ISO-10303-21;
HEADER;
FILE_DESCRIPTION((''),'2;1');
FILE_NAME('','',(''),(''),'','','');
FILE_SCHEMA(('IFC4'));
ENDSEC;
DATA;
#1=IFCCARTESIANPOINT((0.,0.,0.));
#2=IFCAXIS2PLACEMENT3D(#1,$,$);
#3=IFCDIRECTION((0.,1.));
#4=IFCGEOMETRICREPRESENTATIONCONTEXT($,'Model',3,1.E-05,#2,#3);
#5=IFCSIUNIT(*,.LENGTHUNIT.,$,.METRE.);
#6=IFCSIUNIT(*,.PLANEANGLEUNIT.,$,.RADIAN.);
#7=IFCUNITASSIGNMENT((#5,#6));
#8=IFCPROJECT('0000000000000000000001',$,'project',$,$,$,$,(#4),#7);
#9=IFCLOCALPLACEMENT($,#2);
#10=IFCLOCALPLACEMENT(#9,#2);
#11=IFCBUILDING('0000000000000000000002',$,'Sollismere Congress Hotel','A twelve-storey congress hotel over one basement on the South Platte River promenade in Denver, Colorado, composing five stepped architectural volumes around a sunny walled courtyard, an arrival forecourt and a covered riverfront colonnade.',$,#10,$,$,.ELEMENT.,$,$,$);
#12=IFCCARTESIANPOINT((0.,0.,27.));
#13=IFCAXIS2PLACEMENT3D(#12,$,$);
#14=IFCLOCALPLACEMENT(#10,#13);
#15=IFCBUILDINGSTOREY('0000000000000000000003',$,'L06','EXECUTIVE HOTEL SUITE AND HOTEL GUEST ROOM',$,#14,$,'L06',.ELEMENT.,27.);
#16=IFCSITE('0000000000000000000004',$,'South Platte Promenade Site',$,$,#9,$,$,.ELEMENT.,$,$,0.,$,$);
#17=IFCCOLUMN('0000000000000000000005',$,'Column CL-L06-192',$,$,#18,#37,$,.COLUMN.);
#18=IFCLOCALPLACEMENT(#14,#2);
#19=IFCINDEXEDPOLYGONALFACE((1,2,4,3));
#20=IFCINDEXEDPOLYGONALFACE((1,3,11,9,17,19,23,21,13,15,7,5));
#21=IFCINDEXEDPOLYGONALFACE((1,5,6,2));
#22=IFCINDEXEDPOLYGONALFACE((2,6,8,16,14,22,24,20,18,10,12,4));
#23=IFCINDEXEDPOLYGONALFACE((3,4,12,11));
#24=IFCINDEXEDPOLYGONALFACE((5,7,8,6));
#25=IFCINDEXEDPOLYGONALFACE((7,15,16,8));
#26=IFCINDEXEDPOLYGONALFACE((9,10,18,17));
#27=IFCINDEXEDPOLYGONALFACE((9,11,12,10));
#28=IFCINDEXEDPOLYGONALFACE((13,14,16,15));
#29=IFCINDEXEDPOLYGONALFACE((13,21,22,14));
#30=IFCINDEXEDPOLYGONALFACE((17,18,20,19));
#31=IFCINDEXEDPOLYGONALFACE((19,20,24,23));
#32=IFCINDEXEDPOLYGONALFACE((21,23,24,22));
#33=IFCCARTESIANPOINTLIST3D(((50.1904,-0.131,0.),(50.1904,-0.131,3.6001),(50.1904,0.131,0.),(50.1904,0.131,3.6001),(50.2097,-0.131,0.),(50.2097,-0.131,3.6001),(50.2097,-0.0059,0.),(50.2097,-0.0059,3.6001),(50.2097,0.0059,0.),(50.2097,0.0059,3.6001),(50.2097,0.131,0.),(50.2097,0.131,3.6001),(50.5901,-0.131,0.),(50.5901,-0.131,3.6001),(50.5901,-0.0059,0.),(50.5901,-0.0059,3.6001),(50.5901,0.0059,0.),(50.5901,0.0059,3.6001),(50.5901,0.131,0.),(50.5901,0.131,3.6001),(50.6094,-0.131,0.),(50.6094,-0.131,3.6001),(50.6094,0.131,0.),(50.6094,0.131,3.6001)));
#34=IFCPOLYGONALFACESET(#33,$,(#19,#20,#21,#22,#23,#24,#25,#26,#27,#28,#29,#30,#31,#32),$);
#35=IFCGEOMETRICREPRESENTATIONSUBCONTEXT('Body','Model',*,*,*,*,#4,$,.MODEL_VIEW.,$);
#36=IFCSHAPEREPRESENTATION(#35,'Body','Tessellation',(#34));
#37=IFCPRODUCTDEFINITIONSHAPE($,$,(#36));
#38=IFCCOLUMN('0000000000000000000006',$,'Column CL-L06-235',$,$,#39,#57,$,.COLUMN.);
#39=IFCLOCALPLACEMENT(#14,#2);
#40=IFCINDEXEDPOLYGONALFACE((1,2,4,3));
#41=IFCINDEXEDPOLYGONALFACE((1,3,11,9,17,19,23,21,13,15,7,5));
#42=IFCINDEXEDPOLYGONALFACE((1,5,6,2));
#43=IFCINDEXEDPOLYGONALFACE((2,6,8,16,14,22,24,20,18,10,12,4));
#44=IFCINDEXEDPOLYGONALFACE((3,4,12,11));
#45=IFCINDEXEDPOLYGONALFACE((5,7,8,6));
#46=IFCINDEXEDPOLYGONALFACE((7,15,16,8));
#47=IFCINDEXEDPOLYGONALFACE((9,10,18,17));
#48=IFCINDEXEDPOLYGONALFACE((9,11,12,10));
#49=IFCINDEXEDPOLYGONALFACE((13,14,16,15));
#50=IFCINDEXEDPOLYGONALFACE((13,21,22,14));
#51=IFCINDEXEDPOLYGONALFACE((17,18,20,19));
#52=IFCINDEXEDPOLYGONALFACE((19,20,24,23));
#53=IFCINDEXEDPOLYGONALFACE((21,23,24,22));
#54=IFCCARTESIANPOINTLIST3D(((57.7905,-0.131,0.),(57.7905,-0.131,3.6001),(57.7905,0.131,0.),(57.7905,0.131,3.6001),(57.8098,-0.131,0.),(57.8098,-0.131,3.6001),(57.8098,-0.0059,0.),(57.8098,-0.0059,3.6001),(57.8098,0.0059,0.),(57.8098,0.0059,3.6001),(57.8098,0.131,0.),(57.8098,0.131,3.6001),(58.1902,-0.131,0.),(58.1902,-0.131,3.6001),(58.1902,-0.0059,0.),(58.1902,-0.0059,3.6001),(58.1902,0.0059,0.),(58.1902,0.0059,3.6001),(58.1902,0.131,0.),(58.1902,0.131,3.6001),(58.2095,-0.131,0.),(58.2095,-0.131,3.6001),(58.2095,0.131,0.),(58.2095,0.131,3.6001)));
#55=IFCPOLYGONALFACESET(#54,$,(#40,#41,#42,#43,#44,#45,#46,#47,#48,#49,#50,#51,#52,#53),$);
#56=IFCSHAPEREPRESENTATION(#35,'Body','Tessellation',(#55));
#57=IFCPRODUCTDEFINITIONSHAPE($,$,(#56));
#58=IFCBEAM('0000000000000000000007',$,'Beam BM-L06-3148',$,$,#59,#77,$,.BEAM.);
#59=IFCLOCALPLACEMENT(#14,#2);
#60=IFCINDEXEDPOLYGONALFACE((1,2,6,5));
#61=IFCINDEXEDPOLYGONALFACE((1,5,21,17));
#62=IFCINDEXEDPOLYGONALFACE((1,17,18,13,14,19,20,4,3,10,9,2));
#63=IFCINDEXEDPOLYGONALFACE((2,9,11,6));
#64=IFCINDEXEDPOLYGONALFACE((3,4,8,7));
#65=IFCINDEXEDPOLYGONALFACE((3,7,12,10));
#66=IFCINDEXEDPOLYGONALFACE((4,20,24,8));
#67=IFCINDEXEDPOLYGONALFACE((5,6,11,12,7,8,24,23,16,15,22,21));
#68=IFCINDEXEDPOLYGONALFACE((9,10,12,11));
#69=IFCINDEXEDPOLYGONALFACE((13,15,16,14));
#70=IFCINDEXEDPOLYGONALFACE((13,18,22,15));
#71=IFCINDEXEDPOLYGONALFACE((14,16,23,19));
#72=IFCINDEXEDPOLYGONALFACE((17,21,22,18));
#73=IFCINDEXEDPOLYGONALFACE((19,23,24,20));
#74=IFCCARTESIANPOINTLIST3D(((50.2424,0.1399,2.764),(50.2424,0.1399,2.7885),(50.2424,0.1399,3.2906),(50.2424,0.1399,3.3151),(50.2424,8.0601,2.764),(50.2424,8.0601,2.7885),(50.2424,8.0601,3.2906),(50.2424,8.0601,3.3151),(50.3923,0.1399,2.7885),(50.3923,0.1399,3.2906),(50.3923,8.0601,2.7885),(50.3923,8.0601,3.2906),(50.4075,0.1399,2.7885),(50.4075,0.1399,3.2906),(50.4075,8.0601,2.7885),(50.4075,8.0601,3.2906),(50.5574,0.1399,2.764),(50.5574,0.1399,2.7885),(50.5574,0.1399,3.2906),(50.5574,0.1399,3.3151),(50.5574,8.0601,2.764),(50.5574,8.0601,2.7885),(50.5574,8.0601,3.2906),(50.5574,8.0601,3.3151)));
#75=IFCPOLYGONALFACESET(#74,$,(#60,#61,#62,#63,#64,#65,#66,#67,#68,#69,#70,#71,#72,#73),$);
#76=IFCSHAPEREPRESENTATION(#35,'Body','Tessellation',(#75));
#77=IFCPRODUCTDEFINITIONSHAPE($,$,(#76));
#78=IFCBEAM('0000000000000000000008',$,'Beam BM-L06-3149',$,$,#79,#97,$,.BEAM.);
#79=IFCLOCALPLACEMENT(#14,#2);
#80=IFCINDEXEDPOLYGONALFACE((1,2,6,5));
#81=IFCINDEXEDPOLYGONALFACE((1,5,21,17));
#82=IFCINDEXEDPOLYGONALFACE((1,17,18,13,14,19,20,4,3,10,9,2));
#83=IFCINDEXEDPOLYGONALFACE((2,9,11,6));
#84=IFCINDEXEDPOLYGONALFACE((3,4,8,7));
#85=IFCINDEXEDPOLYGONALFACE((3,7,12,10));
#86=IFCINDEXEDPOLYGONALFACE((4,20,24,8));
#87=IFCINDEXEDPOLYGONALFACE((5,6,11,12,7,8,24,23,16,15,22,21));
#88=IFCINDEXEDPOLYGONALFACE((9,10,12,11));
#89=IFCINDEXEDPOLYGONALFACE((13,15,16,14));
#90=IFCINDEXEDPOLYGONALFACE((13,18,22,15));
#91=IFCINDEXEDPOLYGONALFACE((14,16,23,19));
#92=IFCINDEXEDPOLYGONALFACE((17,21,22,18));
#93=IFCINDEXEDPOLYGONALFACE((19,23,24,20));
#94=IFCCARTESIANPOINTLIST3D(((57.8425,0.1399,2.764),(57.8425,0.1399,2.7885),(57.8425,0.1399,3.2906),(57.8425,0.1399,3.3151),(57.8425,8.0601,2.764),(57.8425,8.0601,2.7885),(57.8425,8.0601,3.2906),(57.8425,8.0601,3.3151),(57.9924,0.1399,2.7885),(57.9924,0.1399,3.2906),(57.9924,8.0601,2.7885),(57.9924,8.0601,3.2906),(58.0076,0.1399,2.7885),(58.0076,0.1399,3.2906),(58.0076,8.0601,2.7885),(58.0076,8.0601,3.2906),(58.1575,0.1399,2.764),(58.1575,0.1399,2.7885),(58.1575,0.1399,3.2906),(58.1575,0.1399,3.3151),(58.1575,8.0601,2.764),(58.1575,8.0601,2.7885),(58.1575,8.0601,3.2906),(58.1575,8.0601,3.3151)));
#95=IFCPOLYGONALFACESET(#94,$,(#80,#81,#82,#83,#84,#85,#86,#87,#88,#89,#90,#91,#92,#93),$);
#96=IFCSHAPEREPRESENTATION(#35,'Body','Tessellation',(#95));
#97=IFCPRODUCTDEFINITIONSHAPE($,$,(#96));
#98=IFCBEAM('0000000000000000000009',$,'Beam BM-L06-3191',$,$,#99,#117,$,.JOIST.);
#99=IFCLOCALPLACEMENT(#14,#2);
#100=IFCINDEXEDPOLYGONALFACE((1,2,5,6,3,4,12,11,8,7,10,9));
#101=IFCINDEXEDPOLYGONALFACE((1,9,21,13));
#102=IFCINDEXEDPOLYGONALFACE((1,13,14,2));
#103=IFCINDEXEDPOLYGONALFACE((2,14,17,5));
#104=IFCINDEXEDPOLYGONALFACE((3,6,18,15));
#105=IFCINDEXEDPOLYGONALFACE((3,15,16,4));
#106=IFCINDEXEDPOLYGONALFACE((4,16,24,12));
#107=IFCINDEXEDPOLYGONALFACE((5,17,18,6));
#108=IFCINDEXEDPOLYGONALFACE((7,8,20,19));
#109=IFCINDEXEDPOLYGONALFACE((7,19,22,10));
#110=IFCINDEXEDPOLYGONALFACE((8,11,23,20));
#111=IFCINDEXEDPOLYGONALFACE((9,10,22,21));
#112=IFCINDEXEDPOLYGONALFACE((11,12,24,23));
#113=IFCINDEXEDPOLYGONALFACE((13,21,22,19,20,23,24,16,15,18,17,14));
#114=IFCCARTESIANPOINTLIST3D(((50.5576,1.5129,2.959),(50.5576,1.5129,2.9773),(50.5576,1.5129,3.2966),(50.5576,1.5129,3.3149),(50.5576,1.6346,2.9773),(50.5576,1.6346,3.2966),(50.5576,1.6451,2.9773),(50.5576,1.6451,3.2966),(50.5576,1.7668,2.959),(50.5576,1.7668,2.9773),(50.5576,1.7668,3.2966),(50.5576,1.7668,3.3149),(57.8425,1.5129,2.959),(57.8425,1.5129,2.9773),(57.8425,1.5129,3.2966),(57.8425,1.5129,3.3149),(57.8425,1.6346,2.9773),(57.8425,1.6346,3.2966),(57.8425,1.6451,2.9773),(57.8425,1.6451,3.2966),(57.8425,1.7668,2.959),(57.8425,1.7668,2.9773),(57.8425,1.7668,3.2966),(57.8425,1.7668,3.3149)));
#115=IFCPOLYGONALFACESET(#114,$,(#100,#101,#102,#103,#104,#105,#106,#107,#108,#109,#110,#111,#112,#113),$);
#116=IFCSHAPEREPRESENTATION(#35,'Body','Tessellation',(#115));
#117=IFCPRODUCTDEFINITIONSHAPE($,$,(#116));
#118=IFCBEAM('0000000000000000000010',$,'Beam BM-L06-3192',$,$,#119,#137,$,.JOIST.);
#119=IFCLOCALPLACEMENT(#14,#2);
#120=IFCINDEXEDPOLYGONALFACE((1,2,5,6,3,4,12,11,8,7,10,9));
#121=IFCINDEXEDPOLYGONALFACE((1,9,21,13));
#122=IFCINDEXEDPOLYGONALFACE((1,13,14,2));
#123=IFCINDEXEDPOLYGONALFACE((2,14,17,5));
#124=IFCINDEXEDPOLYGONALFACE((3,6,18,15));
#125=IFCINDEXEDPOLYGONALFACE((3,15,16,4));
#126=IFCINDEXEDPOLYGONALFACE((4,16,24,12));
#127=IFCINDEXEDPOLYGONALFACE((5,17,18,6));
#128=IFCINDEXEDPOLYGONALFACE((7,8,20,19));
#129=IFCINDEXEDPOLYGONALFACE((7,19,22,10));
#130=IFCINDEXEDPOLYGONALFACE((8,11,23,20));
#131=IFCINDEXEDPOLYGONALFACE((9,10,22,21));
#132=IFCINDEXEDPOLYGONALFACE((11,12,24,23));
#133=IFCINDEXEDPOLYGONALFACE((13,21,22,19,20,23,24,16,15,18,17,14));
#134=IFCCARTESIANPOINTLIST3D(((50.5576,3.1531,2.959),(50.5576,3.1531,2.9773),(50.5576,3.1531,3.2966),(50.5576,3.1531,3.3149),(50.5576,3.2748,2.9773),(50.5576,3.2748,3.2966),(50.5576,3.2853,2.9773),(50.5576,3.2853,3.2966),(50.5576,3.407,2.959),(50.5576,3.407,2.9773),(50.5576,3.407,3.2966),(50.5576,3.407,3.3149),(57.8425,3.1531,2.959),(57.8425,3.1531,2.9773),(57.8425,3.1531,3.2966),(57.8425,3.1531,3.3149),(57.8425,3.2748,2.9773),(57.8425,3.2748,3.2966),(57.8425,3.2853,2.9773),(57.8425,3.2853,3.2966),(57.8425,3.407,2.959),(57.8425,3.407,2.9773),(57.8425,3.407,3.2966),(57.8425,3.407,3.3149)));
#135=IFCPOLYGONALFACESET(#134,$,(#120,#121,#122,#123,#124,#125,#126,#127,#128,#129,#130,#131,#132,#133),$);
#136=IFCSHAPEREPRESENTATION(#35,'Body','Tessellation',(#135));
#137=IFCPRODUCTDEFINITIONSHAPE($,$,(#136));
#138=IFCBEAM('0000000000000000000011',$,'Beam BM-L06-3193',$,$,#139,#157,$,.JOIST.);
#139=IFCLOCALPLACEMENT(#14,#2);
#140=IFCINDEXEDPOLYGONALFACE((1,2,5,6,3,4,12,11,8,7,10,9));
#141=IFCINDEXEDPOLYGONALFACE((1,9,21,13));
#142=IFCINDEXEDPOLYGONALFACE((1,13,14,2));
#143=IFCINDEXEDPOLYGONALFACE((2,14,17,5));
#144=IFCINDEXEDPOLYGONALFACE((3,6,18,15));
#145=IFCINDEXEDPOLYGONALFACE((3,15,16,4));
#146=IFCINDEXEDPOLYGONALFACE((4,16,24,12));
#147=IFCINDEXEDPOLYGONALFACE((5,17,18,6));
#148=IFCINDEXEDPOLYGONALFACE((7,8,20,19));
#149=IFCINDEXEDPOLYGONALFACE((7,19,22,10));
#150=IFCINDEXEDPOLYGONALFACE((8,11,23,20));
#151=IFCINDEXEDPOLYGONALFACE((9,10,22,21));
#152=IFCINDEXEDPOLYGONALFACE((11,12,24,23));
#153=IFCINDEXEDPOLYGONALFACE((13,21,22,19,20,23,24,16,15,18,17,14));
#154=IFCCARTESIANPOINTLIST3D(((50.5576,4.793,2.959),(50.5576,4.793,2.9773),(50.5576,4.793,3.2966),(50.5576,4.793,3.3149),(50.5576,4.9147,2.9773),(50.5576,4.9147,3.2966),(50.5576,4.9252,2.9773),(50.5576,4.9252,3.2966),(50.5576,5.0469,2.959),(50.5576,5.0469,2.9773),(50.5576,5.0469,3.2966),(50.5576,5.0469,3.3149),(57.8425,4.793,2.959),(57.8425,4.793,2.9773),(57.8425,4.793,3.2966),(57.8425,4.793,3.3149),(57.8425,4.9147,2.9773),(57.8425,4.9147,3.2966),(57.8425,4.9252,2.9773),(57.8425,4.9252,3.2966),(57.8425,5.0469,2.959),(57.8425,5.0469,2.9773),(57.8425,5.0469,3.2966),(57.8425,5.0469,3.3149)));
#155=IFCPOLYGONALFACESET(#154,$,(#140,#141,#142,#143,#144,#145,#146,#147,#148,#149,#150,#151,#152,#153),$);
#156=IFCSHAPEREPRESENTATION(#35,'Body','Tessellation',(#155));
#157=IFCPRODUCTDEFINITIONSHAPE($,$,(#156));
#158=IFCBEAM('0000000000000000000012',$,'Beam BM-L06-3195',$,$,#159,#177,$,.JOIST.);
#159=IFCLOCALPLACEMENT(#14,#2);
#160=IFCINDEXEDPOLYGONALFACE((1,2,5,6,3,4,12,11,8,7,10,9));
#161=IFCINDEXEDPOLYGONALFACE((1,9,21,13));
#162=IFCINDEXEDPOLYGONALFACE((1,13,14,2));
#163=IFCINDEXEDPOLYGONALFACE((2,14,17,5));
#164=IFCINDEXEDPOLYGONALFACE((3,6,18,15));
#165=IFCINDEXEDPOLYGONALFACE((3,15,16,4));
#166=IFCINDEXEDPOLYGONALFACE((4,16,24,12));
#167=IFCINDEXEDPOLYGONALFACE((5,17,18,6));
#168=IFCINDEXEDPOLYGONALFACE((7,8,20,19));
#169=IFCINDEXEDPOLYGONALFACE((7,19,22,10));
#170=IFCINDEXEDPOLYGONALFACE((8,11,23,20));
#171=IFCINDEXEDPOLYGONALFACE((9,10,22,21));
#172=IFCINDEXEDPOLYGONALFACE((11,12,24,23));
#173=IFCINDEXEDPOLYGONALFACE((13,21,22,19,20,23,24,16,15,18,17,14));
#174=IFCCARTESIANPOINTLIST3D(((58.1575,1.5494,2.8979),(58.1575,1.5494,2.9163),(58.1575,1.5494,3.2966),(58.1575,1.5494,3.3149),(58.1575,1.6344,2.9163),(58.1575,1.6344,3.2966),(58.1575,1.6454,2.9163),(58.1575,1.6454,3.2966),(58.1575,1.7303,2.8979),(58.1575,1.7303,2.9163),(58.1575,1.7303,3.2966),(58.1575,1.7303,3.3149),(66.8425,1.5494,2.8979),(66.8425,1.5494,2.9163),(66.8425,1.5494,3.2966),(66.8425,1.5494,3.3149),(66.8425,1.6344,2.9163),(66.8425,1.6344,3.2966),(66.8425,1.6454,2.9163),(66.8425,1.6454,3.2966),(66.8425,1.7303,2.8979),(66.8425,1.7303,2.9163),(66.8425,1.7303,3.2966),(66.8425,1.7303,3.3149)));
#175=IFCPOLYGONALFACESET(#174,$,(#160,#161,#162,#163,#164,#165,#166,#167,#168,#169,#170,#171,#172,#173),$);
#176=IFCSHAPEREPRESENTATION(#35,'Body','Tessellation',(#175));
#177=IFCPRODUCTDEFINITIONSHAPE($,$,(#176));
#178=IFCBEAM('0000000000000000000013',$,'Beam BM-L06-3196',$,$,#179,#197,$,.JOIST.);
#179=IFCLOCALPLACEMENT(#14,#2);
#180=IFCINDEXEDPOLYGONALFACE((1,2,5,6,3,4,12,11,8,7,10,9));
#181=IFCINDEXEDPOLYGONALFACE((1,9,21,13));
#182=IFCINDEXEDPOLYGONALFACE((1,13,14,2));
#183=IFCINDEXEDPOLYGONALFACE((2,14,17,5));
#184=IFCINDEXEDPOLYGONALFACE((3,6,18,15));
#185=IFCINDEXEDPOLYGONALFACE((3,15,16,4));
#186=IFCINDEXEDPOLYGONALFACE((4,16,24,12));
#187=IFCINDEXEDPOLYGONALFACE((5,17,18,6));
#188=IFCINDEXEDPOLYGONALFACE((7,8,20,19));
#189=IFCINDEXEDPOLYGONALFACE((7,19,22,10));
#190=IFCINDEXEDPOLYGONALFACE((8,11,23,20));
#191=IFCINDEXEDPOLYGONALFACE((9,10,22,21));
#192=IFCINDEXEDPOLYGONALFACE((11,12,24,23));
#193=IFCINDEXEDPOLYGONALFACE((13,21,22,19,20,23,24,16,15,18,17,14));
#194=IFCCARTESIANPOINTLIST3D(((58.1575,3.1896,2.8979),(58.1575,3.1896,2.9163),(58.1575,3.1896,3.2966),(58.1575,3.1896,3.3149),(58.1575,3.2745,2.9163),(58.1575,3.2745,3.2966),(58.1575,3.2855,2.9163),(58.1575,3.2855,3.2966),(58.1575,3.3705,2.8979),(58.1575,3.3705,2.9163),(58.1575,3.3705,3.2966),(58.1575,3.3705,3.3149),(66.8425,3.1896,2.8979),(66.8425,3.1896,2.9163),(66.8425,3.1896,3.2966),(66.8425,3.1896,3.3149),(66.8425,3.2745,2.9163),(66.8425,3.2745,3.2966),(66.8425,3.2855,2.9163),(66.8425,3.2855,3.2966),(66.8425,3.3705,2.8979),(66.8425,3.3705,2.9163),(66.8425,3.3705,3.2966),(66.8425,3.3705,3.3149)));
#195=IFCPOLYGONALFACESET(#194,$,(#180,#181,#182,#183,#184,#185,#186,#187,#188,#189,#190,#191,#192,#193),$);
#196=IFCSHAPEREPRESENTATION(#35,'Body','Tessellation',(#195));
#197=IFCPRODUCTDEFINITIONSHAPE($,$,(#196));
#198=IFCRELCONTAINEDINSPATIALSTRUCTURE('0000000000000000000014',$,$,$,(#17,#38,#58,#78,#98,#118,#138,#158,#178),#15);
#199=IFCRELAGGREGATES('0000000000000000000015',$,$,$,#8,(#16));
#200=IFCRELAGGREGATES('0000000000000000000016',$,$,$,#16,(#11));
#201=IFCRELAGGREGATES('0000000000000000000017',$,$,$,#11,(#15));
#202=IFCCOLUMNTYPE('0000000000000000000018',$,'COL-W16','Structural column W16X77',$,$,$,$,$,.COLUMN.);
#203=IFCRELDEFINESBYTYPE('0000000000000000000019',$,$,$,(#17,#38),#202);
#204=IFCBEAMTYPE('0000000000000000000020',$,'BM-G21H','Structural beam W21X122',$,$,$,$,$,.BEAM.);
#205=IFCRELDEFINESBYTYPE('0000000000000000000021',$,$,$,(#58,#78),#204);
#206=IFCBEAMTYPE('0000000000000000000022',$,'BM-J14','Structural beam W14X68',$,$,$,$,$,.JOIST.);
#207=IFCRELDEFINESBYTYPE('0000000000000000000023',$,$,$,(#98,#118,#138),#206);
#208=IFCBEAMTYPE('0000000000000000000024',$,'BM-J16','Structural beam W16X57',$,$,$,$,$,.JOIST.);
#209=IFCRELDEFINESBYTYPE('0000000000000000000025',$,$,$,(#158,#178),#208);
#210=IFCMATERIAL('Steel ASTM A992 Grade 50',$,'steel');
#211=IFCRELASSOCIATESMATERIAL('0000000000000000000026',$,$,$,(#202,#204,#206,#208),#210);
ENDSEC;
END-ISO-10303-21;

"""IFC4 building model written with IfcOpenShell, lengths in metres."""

from ifc_helpers import new_model, si_unit, direction, frame, origin, origin_2d, place, context, subcontext, project, spatial, i_section, extrude, material, material_profile, profile_set, type_object, element, save


model = new_model("IFC4")

# Units and contexts
model_context = context("Model", 3, precision=1e-05, world=origin(), true_north=direction((0.0, 1.0)))
body_context = subcontext(model_context, "Body", "Model", "MODEL_VIEW")
ifc_project = project(units=[si_unit("LENGTHUNIT", "METRE"), si_unit("PLANEANGLEUNIT", "RADIAN")], contexts=[model_context])

# Site, building, storey
site_placement = place(None, origin())
site = spatial("IfcSite", under=ifc_project, at=site_placement, Name="South Platte Promenade Site", CompositionType="ELEMENT", RefElevation=0.0)
building_placement = place(site_placement, origin())
building = spatial("IfcBuilding", under=site, at=building_placement, Name="Sollismere Congress Hotel", Description="A twelve-storey congress hotel over one basement on the South Platte River promenade in Denver, Colorado, composing five stepped architectural volumes around a sunny walled courtyard, an arrival forecourt and a covered riverfront colonnade.", CompositionType="ELEMENT")
storey_placement = place(building_placement, frame((0.0, 0.0, 27.0)))
storey = spatial("IfcBuildingStorey", under=building, at=storey_placement, Name="L06", Description="EXECUTIVE HOTEL SUITE AND HOTEL GUEST ROOM", LongName="L06", CompositionType="ELEMENT", Elevation=27.0)

# Columns
ifc_material_1 = material(Name="Steel ASTM A992 Grade 50", Category="steel")
ifc_material_profile_1 = material_profile(ifc_material_1, i_section(OverallWidth=0.262, OverallDepth=0.4189, WebThickness=0.0117, FlangeThickness=0.0193, at=origin_2d()), Name="W16X77")
ifc_profile_set_1 = profile_set([ifc_material_profile_1], Name="Steel ASTM A992 Grade 50")
column_type = type_object("IfcColumnType", Name="COL-W16", Description="Structural column W16X77", PredefinedType="COLUMN", material=ifc_profile_set_1)
for number, where, z_axis, x_axis, name in (
    (1, (50.3999, 0.0, 0.0), (0.0, 0.0, 1.0), (0.0, 1.0, 0.0), "Column CL-L06-192"),
    (2, (58.0, 0.0, 0.0), (0.0, 0.0, 1.0), (0.0, 1.0, 0.0), "Column CL-L06-235"),
):
    element("IfcColumn", number, at=place(storey_placement, frame(where, z_axis=z_axis, x_axis=x_axis)), inside=storey, type_object=column_type, Name=name, PredefinedType="COLUMN", context=body_context, shape_type="SweptSolid", body=[
        extrude(i_section(OverallWidth=0.262, OverallDepth=0.4189, WebThickness=0.0117, FlangeThickness=0.0193, at=origin_2d()), origin(), (0.0, 0.0, 1.0), 3.6001),
    ])

# Beams
ifc_material_profile_2 = material_profile(ifc_material_1, i_section(OverallWidth=0.3149, OverallDepth=0.551, WebThickness=0.0151, FlangeThickness=0.0244, at=origin_2d()), Name="W21X122")
ifc_profile_set_2 = profile_set([ifc_material_profile_2], Name="Steel ASTM A992 Grade 50")
beam_type_1 = type_object("IfcBeamType", Name="BM-G21H", Description="Structural beam W21X122", PredefinedType="BEAM", material=ifc_profile_set_2)
for number, where, z_axis, x_axis, name in (
    (3, (50.3999, 0.1399, 3.0396), (0.0, 1.0, 0.0), (-1.0, 0.0, 0.0), "Beam BM-L06-3148"),
    (4, (58.0, 0.1399, 3.0396), (0.0, 1.0, 0.0), (-1.0, 0.0, 0.0), "Beam BM-L06-3149"),
):
    element("IfcBeam", number, at=place(storey_placement, frame(where, z_axis=z_axis, x_axis=x_axis)), inside=storey, type_object=beam_type_1, Name=name, PredefinedType="BEAM", context=body_context, shape_type="SweptSolid", body=[
        extrude(i_section(OverallWidth=0.3149, OverallDepth=0.551, WebThickness=0.0151, FlangeThickness=0.0244, at=origin_2d()), origin(), (0.0, 0.0, 1.0), 7.9202),
    ])
ifc_material_profile_3 = material_profile(ifc_material_1, i_section(OverallWidth=0.2539, OverallDepth=0.356, WebThickness=0.0105, FlangeThickness=0.0183, at=origin_2d()), Name="W14X68")
ifc_profile_set_3 = profile_set([ifc_material_profile_3], Name="Steel ASTM A992 Grade 50")
beam_type_2 = type_object("IfcBeamType", Name="BM-J14", Description="Structural beam W14X68", PredefinedType="JOIST", material=ifc_profile_set_3)
for number, where, z_axis, x_axis, name in (
    (5, (50.5576, 1.6399, 3.137), (1.0, 0.0, 0.0), (0.0, 1.0, 0.0), "Beam BM-L06-3191"),
    (6, (50.5576, 3.28, 3.137), (1.0, 0.0, 0.0), (0.0, 1.0, 0.0), "Beam BM-L06-3192"),
    (7, (50.5576, 4.9199, 3.137), (1.0, 0.0, 0.0), (0.0, 1.0, 0.0), "Beam BM-L06-3193"),
):
    element("IfcBeam", number, at=place(storey_placement, frame(where, z_axis=z_axis, x_axis=x_axis)), inside=storey, type_object=beam_type_2, Name=name, PredefinedType="JOIST", context=body_context, shape_type="SweptSolid", body=[
        extrude(i_section(OverallWidth=0.2539, OverallDepth=0.356, WebThickness=0.0105, FlangeThickness=0.0183, at=origin_2d()), origin(), (0.0, 0.0, 1.0), 7.2849),
    ])
ifc_material_profile_4 = material_profile(ifc_material_1, i_section(OverallWidth=0.1809, OverallDepth=0.417, WebThickness=0.011, FlangeThickness=0.0183, at=origin_2d()), Name="W16X57")
ifc_profile_set_4 = profile_set([ifc_material_profile_4], Name="Steel ASTM A992 Grade 50")
beam_type_3 = type_object("IfcBeamType", Name="BM-J16", Description="Structural beam W16X57", PredefinedType="JOIST", material=ifc_profile_set_4)
for number, where, z_axis, x_axis, name in (
    (8, (58.1575, 1.6399, 3.1064), (1.0, 0.0, 0.0), (0.0, 1.0, 0.0), "Beam BM-L06-3195"),
    (9, (58.1575, 3.28, 3.1064), (1.0, 0.0, 0.0), (0.0, 1.0, 0.0), "Beam BM-L06-3196"),
):
    element("IfcBeam", number, at=place(storey_placement, frame(where, z_axis=z_axis, x_axis=x_axis)), inside=storey, type_object=beam_type_3, Name=name, PredefinedType="JOIST", context=body_context, shape_type="SweptSolid", body=[
        extrude(i_section(OverallWidth=0.1809, OverallDepth=0.417, WebThickness=0.011, FlangeThickness=0.0183, at=origin_2d()), origin(), (0.0, 0.0, 1.0), 8.6851),
    ])

save(model, "model.ifc")
